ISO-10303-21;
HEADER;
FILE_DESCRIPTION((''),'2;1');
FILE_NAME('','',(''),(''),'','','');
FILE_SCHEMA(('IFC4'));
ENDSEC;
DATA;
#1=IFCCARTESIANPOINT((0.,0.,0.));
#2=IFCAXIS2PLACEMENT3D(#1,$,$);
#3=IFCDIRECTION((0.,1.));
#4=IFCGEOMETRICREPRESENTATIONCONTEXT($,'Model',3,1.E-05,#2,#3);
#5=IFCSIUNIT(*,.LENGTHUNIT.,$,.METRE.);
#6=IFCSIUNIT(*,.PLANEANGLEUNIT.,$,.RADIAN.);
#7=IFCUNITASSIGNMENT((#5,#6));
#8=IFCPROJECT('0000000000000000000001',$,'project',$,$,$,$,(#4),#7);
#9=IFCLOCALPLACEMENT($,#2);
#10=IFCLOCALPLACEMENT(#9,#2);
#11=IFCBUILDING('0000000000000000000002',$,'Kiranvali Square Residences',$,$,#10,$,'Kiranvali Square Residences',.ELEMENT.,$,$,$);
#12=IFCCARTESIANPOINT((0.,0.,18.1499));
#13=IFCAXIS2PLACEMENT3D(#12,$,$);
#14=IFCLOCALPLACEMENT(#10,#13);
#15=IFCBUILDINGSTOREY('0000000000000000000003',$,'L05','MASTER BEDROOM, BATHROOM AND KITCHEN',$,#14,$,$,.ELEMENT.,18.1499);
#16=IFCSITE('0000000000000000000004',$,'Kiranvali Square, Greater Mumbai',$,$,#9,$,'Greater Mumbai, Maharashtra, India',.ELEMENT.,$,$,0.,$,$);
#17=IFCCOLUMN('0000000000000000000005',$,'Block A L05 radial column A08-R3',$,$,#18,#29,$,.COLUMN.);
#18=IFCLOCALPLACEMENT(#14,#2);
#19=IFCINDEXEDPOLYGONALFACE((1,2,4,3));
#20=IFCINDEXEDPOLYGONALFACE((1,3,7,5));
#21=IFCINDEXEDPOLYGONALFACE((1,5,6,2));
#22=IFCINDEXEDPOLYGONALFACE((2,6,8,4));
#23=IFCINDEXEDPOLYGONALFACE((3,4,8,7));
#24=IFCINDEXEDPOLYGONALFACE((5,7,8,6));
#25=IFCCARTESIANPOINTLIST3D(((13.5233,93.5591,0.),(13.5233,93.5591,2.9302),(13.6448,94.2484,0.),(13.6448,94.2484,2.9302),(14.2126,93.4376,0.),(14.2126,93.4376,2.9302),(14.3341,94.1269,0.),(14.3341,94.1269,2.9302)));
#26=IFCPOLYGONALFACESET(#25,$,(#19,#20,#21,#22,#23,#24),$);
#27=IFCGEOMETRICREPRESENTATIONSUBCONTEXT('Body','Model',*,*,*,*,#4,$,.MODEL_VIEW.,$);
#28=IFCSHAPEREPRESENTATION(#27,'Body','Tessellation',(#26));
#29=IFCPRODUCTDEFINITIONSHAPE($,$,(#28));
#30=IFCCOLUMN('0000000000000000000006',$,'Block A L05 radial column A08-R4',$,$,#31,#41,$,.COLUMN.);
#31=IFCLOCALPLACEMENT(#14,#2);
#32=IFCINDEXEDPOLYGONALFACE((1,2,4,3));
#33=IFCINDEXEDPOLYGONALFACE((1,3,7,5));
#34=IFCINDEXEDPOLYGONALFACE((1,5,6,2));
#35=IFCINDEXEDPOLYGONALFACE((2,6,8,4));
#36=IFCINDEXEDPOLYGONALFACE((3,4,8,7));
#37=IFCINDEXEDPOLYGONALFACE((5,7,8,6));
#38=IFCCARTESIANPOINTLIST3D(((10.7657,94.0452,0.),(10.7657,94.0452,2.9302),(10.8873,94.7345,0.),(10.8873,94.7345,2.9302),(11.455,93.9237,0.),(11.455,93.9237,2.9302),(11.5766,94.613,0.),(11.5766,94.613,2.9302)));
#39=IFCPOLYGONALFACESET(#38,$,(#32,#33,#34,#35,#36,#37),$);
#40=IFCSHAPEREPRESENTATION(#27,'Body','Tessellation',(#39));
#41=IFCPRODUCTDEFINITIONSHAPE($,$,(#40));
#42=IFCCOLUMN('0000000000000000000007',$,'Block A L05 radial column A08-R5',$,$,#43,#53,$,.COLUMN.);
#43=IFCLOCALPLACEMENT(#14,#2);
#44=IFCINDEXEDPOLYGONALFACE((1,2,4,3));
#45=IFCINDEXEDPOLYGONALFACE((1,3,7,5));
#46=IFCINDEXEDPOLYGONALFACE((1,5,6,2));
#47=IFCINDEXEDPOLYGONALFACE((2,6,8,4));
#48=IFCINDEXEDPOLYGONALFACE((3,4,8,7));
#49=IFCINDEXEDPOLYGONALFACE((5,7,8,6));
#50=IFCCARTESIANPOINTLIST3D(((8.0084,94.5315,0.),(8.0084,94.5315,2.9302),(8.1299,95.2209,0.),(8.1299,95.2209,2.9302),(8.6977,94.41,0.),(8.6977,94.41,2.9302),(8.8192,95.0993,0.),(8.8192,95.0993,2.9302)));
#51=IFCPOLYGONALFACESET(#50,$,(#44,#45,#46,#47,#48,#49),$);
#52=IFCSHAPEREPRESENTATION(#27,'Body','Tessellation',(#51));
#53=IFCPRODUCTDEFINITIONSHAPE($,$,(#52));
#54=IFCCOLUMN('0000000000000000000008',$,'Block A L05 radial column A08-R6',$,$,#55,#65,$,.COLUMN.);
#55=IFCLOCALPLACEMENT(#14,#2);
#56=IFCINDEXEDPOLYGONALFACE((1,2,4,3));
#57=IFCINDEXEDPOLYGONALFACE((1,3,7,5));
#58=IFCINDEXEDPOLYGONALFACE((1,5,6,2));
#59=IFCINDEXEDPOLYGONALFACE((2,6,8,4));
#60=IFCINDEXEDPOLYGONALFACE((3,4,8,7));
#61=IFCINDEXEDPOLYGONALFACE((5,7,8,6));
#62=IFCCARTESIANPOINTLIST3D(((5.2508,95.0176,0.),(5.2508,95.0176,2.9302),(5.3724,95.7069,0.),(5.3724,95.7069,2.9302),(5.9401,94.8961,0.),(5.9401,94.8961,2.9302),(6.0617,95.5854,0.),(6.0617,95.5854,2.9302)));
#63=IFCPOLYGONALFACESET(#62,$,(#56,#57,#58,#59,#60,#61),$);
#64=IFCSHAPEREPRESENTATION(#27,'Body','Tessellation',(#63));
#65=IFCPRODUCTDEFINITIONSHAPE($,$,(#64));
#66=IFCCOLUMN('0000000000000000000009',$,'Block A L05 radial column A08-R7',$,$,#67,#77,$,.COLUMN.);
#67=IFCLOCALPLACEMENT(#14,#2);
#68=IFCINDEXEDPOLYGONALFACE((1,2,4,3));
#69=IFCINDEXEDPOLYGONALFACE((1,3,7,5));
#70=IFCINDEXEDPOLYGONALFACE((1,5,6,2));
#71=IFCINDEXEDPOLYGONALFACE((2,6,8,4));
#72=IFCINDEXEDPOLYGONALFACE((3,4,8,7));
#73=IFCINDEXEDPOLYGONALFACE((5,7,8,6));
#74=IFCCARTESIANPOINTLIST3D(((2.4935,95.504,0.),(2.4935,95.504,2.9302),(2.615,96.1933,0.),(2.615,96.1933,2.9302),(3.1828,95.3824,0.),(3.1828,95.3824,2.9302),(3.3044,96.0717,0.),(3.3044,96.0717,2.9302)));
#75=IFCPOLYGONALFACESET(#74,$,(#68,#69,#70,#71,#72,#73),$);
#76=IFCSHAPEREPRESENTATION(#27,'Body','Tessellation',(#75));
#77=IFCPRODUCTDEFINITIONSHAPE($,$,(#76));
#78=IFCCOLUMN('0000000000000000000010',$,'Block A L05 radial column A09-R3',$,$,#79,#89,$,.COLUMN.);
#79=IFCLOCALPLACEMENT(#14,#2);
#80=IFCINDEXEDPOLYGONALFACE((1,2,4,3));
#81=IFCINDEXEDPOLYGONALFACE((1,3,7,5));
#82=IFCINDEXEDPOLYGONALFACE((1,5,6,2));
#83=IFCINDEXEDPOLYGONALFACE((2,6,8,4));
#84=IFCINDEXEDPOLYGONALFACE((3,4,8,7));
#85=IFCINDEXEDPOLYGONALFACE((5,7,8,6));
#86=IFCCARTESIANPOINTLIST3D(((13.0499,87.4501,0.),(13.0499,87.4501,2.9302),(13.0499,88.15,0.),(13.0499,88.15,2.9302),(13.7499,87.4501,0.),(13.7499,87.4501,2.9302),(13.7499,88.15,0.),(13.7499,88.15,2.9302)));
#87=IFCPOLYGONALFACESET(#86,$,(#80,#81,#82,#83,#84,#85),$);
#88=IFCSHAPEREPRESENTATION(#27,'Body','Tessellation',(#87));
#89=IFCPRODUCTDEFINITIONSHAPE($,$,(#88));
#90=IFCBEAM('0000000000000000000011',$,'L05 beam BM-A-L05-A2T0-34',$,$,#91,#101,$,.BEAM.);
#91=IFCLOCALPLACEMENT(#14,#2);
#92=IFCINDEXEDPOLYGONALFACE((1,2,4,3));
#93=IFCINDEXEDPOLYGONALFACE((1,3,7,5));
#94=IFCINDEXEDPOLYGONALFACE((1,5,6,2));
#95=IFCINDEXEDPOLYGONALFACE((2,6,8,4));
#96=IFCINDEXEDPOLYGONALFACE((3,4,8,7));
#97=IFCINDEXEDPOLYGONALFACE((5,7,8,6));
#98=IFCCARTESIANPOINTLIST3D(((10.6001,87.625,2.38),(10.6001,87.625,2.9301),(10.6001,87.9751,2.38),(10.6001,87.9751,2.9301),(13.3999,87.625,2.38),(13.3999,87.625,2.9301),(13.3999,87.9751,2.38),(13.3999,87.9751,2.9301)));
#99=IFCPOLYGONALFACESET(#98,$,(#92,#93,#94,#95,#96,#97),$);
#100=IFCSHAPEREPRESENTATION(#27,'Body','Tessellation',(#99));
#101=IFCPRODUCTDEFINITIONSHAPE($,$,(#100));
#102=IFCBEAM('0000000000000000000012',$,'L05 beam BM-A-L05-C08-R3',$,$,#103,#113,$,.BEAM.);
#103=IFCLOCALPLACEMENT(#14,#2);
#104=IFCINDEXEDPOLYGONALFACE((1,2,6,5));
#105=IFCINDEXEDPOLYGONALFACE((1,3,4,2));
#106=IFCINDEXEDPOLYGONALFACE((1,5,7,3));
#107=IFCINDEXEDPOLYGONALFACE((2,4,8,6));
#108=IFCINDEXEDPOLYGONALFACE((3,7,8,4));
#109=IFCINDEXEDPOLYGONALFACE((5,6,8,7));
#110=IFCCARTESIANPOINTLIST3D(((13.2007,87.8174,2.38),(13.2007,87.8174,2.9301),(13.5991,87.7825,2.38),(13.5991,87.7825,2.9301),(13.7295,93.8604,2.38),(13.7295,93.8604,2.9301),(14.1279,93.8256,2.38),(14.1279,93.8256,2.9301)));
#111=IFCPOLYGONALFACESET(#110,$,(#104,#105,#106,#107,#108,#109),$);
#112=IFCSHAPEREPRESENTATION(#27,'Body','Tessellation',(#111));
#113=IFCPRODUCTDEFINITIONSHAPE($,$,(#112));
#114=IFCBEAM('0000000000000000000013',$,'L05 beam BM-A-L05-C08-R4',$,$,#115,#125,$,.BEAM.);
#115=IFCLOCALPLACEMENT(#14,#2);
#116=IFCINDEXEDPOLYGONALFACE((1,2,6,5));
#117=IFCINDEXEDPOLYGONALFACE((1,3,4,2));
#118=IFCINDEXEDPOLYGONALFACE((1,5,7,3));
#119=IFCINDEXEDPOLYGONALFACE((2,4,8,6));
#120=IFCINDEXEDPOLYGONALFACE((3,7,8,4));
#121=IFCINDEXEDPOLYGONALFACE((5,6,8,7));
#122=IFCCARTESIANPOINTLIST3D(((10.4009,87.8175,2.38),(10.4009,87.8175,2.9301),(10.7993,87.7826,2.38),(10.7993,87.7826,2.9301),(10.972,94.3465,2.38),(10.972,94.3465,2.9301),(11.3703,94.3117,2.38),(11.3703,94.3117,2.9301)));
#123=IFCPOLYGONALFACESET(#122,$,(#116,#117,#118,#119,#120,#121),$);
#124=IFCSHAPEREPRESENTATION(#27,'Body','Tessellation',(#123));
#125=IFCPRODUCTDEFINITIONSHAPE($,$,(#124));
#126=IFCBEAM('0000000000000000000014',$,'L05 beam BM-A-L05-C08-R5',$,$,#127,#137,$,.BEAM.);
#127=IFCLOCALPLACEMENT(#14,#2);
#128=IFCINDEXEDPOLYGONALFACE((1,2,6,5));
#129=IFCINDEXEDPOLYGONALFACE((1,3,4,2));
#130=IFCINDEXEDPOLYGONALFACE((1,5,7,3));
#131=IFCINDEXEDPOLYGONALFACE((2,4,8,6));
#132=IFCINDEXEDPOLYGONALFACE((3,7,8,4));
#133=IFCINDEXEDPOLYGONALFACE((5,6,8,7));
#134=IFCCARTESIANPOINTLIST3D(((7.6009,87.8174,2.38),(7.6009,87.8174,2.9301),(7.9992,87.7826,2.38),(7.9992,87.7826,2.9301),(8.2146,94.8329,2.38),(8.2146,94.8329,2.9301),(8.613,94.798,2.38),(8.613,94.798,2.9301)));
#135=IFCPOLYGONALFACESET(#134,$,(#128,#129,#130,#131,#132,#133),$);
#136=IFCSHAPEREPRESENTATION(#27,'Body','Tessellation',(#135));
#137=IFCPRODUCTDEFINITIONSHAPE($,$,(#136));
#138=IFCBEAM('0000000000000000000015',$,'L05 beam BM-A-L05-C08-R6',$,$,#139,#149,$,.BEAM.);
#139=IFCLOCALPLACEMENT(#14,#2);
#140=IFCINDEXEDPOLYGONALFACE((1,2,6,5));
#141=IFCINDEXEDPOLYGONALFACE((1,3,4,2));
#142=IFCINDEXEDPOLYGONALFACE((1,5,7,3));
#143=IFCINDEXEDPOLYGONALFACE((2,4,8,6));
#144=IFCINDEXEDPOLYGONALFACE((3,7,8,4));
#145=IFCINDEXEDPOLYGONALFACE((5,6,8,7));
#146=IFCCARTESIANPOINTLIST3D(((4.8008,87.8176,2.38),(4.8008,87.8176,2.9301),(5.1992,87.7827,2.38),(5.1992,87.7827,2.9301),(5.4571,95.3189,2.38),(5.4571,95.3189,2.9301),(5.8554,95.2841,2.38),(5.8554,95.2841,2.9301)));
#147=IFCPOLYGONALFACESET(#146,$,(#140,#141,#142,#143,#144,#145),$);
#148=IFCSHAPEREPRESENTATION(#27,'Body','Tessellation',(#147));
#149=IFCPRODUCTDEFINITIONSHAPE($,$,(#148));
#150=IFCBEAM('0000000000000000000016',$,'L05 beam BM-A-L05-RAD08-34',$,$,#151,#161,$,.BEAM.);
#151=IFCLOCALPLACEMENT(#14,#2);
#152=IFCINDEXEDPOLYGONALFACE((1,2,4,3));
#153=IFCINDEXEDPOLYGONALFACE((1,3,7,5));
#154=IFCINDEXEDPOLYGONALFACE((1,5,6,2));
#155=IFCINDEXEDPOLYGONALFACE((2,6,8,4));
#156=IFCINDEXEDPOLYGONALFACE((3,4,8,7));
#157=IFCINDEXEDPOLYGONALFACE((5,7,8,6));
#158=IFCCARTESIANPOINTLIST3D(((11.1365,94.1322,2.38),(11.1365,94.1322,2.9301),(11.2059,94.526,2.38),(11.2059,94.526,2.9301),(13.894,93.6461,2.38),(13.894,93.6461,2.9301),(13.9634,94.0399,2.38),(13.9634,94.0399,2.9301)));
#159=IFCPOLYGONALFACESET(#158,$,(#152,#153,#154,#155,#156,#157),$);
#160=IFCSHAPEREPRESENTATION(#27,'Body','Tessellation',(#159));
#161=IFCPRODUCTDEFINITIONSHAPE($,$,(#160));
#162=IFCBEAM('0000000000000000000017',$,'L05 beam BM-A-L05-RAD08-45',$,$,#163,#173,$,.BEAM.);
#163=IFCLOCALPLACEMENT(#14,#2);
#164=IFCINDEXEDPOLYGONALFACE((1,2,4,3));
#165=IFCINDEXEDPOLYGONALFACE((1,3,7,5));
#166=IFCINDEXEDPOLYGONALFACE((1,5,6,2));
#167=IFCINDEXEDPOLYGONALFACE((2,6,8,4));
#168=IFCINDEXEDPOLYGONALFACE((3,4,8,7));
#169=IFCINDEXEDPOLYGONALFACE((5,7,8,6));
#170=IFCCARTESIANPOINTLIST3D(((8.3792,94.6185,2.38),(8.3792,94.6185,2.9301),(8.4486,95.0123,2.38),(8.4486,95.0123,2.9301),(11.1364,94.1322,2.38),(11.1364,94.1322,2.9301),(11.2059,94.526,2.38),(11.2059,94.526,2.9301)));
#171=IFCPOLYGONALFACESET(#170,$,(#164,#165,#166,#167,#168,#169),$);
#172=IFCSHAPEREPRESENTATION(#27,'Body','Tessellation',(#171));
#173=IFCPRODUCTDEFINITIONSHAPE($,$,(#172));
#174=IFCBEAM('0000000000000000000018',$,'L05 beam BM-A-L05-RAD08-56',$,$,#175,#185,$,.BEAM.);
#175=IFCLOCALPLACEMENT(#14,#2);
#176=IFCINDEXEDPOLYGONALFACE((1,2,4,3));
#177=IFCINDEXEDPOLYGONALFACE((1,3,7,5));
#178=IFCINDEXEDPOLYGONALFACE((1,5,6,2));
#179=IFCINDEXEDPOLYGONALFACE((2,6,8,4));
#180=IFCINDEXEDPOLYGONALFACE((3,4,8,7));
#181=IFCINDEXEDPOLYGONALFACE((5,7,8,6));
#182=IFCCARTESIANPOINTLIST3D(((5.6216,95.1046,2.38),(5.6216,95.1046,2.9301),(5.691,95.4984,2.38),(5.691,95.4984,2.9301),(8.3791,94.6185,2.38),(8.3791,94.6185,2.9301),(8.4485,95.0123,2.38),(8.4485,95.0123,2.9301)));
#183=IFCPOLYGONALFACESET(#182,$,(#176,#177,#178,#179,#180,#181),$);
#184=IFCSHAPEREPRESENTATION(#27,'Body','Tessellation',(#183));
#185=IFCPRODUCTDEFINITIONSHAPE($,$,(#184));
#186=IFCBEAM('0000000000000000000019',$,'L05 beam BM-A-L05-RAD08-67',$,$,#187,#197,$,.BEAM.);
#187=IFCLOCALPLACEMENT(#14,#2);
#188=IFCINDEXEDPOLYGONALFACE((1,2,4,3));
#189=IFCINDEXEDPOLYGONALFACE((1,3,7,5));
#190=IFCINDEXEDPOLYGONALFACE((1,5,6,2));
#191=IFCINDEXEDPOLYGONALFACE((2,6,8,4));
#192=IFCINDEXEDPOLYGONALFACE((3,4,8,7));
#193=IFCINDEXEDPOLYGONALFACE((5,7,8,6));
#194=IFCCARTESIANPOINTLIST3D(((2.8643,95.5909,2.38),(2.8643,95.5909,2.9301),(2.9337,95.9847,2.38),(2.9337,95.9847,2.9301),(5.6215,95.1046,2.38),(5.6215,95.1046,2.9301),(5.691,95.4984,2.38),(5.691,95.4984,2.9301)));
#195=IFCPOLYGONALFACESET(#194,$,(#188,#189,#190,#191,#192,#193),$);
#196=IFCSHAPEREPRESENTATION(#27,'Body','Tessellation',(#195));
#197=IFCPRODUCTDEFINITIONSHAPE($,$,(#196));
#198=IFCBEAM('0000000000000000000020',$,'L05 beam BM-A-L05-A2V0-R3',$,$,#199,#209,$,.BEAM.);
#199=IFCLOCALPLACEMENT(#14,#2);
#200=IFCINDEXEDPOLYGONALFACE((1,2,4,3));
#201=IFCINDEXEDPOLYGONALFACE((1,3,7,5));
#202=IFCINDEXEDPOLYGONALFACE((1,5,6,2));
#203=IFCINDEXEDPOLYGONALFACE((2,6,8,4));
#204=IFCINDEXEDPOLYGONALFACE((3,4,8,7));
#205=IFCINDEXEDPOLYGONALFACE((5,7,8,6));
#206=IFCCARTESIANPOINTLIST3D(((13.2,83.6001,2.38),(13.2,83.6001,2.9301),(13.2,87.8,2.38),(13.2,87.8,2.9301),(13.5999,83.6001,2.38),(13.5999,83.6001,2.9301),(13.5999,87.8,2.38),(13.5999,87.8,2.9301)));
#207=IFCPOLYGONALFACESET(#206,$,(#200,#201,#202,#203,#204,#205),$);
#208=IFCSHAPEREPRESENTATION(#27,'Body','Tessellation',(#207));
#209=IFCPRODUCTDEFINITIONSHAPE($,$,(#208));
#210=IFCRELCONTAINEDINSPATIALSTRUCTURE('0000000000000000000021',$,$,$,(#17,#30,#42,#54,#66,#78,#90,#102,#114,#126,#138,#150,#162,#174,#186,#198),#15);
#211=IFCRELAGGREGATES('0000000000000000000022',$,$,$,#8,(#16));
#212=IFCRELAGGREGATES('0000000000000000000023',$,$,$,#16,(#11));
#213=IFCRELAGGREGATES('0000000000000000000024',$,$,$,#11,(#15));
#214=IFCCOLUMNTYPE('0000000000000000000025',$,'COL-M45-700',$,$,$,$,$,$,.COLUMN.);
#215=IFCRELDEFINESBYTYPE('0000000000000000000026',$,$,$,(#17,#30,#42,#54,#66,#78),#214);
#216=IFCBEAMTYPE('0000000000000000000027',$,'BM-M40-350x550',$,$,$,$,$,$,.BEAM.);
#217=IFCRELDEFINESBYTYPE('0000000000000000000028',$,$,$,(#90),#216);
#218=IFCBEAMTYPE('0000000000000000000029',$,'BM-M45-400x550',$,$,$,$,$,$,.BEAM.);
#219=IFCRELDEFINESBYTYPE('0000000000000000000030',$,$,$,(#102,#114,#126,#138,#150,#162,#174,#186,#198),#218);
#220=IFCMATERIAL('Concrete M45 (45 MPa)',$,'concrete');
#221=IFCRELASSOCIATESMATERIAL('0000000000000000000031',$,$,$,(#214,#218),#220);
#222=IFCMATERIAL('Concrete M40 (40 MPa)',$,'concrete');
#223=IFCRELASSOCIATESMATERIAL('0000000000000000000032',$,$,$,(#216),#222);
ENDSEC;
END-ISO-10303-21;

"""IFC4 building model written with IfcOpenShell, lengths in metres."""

from ifc_helpers import new_model, si_unit, direction, frame, origin, origin_2d, place, context, subcontext, project, spatial, rectangle, extrude, material, material_profile, profile_set, type_object, element, save


model = new_model("IFC4")

# Units and contexts
model_context = context("Model", 3, precision=1e-05, world=origin(), true_north=direction((0.0, 1.0)))
body_context = subcontext(model_context, "Body", "Model", "MODEL_VIEW")
ifc_project = project(units=[si_unit("LENGTHUNIT", "METRE"), si_unit("PLANEANGLEUNIT", "RADIAN")], contexts=[model_context])

# Site, building, storey
site_placement = place(None, origin())
site = spatial("IfcSite", under=ifc_project, at=site_placement, Name="Kiranvali Square, Greater Mumbai", LongName="Greater Mumbai, Maharashtra, India", CompositionType="ELEMENT", RefElevation=0.0)
building_placement = place(site_placement, origin())
building = spatial("IfcBuilding", under=site, at=building_placement, Name="Kiranvali Square Residences", LongName="Kiranvali Square Residences", CompositionType="ELEMENT")
storey_placement = place(building_placement, frame((0.0, 0.0, 18.1499)))
storey = spatial("IfcBuildingStorey", under=building, at=storey_placement, Name="L05", Description="MASTER BEDROOM, BATHROOM AND KITCHEN", CompositionType="ELEMENT", Elevation=18.1499)

# Columns
ifc_material_1 = material(Name="Concrete M45 (45 MPa)", Category="concrete")
ifc_material_profile_1 = material_profile(ifc_material_1, rectangle(XDim=0.7, YDim=0.7, at=origin_2d()), Name="RC 700x700")
ifc_profile_set_1 = profile_set([ifc_material_profile_1], Name="Concrete M45 (45 MPa)")
column_type = type_object("IfcColumnType", Name="COL-M45-700", PredefinedType="COLUMN", material=ifc_profile_set_1)
for number, where, z_axis, x_axis, name in (
    (1, (13.9287, 93.843, 0.0), (0.0, 0.0, 1.0), (0.173648, 0.984808, 0.0), "Block A L05 radial column A08-R3"),
    (2, (11.1711, 94.3291, 0.0), (0.0, 0.0, 1.0), (0.173648, 0.984808, 0.0), "Block A L05 radial column A08-R4"),
    (3, (8.4138, 94.8154, 0.0), (0.0, 0.0, 1.0), (0.173648, 0.984808, 0.0), "Block A L05 radial column A08-R5"),
    (4, (5.6562, 95.3015, 0.0), (0.0, 0.0, 1.0), (0.173648, 0.984808, 0.0), "Block A L05 radial column A08-R6"),
    (5, (2.8989, 95.7878, 0.0), (0.0, 0.0, 1.0), (0.173648, 0.984808, 0.0), "Block A L05 radial column A08-R7"),
    (6, (13.3999, 87.8, 0.0), (0.0, 0.0, 1.0), (0.0, 1.0, 0.0), "Block A L05 radial column A09-R3"),
):
    element("IfcColumn", number, at=place(storey_placement, frame(where, z_axis=z_axis, x_axis=x_axis)), inside=storey, type_object=column_type, Name=name, PredefinedType="COLUMN", context=body_context, shape_type="SweptSolid", body=[
        extrude(rectangle(XDim=0.7, YDim=0.7, at=origin_2d()), origin(), (0.0, 0.0, 1.0), 2.9302),
    ])

# Beams
ifc_material_2 = material(Name="Concrete M40 (40 MPa)", Category="concrete")
ifc_material_profile_2 = material_profile(ifc_material_2, rectangle(XDim=0.3501, YDim=0.55, at=origin_2d()), Name="RC 350x550")
ifc_profile_set_2 = profile_set([ifc_material_profile_2], Name="Concrete M40 (40 MPa)")
beam_type_1 = type_object("IfcBeamType", Name="BM-M40-350x550", PredefinedType="BEAM", material=ifc_profile_set_2)
beam_1_placement = place(storey_placement, frame((13.3999, 87.8, 2.655), z_axis=(-1.0, 0.0, 0.0), x_axis=(0.0, -1.0, 0.0)))
element("IfcBeam", 7, at=beam_1_placement, inside=storey, type_object=beam_type_1, Name="L05 beam BM-A-L05-A2T0-34", PredefinedType="BEAM", context=body_context, shape_type="SweptSolid", body=[
    extrude(rectangle(XDim=0.3501, YDim=0.55, at=origin_2d()), origin(), (0.0, 0.0, 1.0), 2.7998),
])
ifc_material_profile_3 = material_profile(ifc_material_1, rectangle(XDim=0.3999, YDim=0.55, at=origin_2d()), Name="RC 400x550")
ifc_profile_set_3 = profile_set([ifc_material_profile_3], Name="Concrete M45 (45 MPa)")
beam_type_2 = type_object("IfcBeamType", Name="BM-M45-400x550", PredefinedType="BEAM", material=ifc_profile_set_3)
beam_2_placement = place(storey_placement, frame((13.9287, 93.843, 2.655), z_axis=(-0.087175, -0.996193, 0.0), x_axis=(0.996193, -0.087175, 0.0)))
element("IfcBeam", 8, at=beam_2_placement, inside=storey, type_object=beam_type_2, Name="L05 beam BM-A-L05-C08-R3", PredefinedType="BEAM", context=body_context, shape_type="SweptSolid", body=[
    extrude(rectangle(XDim=0.3999, YDim=0.55, at=origin_2d()), origin(), (0.0, 0.0, 1.0), 6.0662),
])
beam_3_placement = place(storey_placement, frame((11.1711, 94.3291, 2.655), z_axis=(-0.08713, -0.996197, 0.0), x_axis=(0.996197, -0.08713, 0.0)))
element("IfcBeam", 9, at=beam_3_placement, inside=storey, type_object=beam_type_2, Name="L05 beam BM-A-L05-C08-R4", PredefinedType="BEAM", context=body_context, shape_type="SweptSolid", body=[
    extrude(rectangle(XDim=0.3999, YDim=0.55, at=origin_2d()), origin(), (0.0, 0.0, 1.0), 6.554),
])
beam_4_placement = place(storey_placement, frame((8.4138, 94.8154, 2.655), z_axis=(-0.087156, -0.996195, 0.0), x_axis=(0.996195, -0.087156, 0.0)))
element("IfcBeam", 10, at=beam_4_placement, inside=storey, type_object=beam_type_2, Name="L05 beam BM-A-L05-C08-R5", PredefinedType="BEAM", context=body_context, shape_type="SweptSolid", body=[
    extrude(rectangle(XDim=0.3999, YDim=0.55, at=origin_2d()), origin(), (0.0, 0.0, 1.0), 7.0422),
])
beam_5_placement = place(storey_placement, frame((5.6562, 95.3015, 2.655), z_axis=(-0.08715, -0.996195, 0.0), x_axis=(0.996195, -0.08715, 0.0)))
element("IfcBeam", 11, at=beam_5_placement, inside=storey, type_object=beam_type_2, Name="L05 beam BM-A-L05-C08-R6", PredefinedType="BEAM", context=body_context, shape_type="SweptSolid", body=[
    extrude(rectangle(XDim=0.3999, YDim=0.55, at=origin_2d()), origin(), (0.0, 0.0, 1.0), 7.53),
])
beam_6_placement = place(storey_placement, frame((13.9287, 93.843, 2.655), z_axis=(-0.984817, 0.173596, 0.0), x_axis=(-0.173596, -0.984817, 0.0)))
element("IfcBeam", 12, at=beam_6_placement, inside=storey, type_object=beam_type_2, Name="L05 beam BM-A-L05-RAD08-34", PredefinedType="BEAM", context=body_context, shape_type="SweptSolid", body=[
    extrude(rectangle(XDim=0.3999, YDim=0.55, at=origin_2d()), origin(), (0.0, 0.0, 1.0), 2.8),
])
beam_7_placement = place(storey_placement, frame((11.1711, 94.3291, 2.655), z_axis=(-0.984799, 0.173696, 0.0), x_axis=(-0.173696, -0.984799, 0.0)))
element("IfcBeam", 13, at=beam_7_placement, inside=storey, type_object=beam_type_2, Name="L05 beam BM-A-L05-RAD08-45", PredefinedType="BEAM", context=body_context, shape_type="SweptSolid", body=[
    extrude(rectangle(XDim=0.3999, YDim=0.55, at=origin_2d()), origin(), (0.0, 0.0, 1.0), 2.7998),
])
beam_8_placement = place(storey_placement, frame((8.4138, 94.8154, 2.655), z_axis=(-0.984817, 0.173596, 0.0), x_axis=(-0.173596, -0.984817, 0.0)))
element("IfcBeam", 14, at=beam_8_placement, inside=storey, type_object=beam_type_2, Name="L05 beam BM-A-L05-RAD08-56", PredefinedType="BEAM", context=body_context, shape_type="SweptSolid", body=[
    extrude(rectangle(XDim=0.3999, YDim=0.55, at=origin_2d()), origin(), (0.0, 0.0, 1.0), 2.8),
])
beam_9_placement = place(storey_placement, frame((5.6562, 95.3015, 2.655), z_axis=(-0.984799, 0.173696, 0.0), x_axis=(-0.173696, -0.984799, 0.0)))
element("IfcBeam", 15, at=beam_9_placement, inside=storey, type_object=beam_type_2, Name="L05 beam BM-A-L05-RAD08-67", PredefinedType="BEAM", context=body_context, shape_type="SweptSolid", body=[
    extrude(rectangle(XDim=0.3999, YDim=0.55, at=origin_2d()), origin(), (0.0, 0.0, 1.0), 2.7998),
])
beam_10_placement = place(storey_placement, frame((13.3999, 87.8, 2.655), z_axis=(0.0, -1.0, 0.0), x_axis=(1.0, 0.0, 0.0)))
element("IfcBeam", 16, at=beam_10_placement, inside=storey, type_object=beam_type_2, Name="L05 beam BM-A-L05-A2V0-R3", PredefinedType="BEAM", context=body_context, shape_type="SweptSolid", body=[
    extrude(rectangle(XDim=0.3999, YDim=0.55, at=origin_2d()), origin(), (0.0, 0.0, 1.0), 4.2),
])

save(model, "model.ifc")
